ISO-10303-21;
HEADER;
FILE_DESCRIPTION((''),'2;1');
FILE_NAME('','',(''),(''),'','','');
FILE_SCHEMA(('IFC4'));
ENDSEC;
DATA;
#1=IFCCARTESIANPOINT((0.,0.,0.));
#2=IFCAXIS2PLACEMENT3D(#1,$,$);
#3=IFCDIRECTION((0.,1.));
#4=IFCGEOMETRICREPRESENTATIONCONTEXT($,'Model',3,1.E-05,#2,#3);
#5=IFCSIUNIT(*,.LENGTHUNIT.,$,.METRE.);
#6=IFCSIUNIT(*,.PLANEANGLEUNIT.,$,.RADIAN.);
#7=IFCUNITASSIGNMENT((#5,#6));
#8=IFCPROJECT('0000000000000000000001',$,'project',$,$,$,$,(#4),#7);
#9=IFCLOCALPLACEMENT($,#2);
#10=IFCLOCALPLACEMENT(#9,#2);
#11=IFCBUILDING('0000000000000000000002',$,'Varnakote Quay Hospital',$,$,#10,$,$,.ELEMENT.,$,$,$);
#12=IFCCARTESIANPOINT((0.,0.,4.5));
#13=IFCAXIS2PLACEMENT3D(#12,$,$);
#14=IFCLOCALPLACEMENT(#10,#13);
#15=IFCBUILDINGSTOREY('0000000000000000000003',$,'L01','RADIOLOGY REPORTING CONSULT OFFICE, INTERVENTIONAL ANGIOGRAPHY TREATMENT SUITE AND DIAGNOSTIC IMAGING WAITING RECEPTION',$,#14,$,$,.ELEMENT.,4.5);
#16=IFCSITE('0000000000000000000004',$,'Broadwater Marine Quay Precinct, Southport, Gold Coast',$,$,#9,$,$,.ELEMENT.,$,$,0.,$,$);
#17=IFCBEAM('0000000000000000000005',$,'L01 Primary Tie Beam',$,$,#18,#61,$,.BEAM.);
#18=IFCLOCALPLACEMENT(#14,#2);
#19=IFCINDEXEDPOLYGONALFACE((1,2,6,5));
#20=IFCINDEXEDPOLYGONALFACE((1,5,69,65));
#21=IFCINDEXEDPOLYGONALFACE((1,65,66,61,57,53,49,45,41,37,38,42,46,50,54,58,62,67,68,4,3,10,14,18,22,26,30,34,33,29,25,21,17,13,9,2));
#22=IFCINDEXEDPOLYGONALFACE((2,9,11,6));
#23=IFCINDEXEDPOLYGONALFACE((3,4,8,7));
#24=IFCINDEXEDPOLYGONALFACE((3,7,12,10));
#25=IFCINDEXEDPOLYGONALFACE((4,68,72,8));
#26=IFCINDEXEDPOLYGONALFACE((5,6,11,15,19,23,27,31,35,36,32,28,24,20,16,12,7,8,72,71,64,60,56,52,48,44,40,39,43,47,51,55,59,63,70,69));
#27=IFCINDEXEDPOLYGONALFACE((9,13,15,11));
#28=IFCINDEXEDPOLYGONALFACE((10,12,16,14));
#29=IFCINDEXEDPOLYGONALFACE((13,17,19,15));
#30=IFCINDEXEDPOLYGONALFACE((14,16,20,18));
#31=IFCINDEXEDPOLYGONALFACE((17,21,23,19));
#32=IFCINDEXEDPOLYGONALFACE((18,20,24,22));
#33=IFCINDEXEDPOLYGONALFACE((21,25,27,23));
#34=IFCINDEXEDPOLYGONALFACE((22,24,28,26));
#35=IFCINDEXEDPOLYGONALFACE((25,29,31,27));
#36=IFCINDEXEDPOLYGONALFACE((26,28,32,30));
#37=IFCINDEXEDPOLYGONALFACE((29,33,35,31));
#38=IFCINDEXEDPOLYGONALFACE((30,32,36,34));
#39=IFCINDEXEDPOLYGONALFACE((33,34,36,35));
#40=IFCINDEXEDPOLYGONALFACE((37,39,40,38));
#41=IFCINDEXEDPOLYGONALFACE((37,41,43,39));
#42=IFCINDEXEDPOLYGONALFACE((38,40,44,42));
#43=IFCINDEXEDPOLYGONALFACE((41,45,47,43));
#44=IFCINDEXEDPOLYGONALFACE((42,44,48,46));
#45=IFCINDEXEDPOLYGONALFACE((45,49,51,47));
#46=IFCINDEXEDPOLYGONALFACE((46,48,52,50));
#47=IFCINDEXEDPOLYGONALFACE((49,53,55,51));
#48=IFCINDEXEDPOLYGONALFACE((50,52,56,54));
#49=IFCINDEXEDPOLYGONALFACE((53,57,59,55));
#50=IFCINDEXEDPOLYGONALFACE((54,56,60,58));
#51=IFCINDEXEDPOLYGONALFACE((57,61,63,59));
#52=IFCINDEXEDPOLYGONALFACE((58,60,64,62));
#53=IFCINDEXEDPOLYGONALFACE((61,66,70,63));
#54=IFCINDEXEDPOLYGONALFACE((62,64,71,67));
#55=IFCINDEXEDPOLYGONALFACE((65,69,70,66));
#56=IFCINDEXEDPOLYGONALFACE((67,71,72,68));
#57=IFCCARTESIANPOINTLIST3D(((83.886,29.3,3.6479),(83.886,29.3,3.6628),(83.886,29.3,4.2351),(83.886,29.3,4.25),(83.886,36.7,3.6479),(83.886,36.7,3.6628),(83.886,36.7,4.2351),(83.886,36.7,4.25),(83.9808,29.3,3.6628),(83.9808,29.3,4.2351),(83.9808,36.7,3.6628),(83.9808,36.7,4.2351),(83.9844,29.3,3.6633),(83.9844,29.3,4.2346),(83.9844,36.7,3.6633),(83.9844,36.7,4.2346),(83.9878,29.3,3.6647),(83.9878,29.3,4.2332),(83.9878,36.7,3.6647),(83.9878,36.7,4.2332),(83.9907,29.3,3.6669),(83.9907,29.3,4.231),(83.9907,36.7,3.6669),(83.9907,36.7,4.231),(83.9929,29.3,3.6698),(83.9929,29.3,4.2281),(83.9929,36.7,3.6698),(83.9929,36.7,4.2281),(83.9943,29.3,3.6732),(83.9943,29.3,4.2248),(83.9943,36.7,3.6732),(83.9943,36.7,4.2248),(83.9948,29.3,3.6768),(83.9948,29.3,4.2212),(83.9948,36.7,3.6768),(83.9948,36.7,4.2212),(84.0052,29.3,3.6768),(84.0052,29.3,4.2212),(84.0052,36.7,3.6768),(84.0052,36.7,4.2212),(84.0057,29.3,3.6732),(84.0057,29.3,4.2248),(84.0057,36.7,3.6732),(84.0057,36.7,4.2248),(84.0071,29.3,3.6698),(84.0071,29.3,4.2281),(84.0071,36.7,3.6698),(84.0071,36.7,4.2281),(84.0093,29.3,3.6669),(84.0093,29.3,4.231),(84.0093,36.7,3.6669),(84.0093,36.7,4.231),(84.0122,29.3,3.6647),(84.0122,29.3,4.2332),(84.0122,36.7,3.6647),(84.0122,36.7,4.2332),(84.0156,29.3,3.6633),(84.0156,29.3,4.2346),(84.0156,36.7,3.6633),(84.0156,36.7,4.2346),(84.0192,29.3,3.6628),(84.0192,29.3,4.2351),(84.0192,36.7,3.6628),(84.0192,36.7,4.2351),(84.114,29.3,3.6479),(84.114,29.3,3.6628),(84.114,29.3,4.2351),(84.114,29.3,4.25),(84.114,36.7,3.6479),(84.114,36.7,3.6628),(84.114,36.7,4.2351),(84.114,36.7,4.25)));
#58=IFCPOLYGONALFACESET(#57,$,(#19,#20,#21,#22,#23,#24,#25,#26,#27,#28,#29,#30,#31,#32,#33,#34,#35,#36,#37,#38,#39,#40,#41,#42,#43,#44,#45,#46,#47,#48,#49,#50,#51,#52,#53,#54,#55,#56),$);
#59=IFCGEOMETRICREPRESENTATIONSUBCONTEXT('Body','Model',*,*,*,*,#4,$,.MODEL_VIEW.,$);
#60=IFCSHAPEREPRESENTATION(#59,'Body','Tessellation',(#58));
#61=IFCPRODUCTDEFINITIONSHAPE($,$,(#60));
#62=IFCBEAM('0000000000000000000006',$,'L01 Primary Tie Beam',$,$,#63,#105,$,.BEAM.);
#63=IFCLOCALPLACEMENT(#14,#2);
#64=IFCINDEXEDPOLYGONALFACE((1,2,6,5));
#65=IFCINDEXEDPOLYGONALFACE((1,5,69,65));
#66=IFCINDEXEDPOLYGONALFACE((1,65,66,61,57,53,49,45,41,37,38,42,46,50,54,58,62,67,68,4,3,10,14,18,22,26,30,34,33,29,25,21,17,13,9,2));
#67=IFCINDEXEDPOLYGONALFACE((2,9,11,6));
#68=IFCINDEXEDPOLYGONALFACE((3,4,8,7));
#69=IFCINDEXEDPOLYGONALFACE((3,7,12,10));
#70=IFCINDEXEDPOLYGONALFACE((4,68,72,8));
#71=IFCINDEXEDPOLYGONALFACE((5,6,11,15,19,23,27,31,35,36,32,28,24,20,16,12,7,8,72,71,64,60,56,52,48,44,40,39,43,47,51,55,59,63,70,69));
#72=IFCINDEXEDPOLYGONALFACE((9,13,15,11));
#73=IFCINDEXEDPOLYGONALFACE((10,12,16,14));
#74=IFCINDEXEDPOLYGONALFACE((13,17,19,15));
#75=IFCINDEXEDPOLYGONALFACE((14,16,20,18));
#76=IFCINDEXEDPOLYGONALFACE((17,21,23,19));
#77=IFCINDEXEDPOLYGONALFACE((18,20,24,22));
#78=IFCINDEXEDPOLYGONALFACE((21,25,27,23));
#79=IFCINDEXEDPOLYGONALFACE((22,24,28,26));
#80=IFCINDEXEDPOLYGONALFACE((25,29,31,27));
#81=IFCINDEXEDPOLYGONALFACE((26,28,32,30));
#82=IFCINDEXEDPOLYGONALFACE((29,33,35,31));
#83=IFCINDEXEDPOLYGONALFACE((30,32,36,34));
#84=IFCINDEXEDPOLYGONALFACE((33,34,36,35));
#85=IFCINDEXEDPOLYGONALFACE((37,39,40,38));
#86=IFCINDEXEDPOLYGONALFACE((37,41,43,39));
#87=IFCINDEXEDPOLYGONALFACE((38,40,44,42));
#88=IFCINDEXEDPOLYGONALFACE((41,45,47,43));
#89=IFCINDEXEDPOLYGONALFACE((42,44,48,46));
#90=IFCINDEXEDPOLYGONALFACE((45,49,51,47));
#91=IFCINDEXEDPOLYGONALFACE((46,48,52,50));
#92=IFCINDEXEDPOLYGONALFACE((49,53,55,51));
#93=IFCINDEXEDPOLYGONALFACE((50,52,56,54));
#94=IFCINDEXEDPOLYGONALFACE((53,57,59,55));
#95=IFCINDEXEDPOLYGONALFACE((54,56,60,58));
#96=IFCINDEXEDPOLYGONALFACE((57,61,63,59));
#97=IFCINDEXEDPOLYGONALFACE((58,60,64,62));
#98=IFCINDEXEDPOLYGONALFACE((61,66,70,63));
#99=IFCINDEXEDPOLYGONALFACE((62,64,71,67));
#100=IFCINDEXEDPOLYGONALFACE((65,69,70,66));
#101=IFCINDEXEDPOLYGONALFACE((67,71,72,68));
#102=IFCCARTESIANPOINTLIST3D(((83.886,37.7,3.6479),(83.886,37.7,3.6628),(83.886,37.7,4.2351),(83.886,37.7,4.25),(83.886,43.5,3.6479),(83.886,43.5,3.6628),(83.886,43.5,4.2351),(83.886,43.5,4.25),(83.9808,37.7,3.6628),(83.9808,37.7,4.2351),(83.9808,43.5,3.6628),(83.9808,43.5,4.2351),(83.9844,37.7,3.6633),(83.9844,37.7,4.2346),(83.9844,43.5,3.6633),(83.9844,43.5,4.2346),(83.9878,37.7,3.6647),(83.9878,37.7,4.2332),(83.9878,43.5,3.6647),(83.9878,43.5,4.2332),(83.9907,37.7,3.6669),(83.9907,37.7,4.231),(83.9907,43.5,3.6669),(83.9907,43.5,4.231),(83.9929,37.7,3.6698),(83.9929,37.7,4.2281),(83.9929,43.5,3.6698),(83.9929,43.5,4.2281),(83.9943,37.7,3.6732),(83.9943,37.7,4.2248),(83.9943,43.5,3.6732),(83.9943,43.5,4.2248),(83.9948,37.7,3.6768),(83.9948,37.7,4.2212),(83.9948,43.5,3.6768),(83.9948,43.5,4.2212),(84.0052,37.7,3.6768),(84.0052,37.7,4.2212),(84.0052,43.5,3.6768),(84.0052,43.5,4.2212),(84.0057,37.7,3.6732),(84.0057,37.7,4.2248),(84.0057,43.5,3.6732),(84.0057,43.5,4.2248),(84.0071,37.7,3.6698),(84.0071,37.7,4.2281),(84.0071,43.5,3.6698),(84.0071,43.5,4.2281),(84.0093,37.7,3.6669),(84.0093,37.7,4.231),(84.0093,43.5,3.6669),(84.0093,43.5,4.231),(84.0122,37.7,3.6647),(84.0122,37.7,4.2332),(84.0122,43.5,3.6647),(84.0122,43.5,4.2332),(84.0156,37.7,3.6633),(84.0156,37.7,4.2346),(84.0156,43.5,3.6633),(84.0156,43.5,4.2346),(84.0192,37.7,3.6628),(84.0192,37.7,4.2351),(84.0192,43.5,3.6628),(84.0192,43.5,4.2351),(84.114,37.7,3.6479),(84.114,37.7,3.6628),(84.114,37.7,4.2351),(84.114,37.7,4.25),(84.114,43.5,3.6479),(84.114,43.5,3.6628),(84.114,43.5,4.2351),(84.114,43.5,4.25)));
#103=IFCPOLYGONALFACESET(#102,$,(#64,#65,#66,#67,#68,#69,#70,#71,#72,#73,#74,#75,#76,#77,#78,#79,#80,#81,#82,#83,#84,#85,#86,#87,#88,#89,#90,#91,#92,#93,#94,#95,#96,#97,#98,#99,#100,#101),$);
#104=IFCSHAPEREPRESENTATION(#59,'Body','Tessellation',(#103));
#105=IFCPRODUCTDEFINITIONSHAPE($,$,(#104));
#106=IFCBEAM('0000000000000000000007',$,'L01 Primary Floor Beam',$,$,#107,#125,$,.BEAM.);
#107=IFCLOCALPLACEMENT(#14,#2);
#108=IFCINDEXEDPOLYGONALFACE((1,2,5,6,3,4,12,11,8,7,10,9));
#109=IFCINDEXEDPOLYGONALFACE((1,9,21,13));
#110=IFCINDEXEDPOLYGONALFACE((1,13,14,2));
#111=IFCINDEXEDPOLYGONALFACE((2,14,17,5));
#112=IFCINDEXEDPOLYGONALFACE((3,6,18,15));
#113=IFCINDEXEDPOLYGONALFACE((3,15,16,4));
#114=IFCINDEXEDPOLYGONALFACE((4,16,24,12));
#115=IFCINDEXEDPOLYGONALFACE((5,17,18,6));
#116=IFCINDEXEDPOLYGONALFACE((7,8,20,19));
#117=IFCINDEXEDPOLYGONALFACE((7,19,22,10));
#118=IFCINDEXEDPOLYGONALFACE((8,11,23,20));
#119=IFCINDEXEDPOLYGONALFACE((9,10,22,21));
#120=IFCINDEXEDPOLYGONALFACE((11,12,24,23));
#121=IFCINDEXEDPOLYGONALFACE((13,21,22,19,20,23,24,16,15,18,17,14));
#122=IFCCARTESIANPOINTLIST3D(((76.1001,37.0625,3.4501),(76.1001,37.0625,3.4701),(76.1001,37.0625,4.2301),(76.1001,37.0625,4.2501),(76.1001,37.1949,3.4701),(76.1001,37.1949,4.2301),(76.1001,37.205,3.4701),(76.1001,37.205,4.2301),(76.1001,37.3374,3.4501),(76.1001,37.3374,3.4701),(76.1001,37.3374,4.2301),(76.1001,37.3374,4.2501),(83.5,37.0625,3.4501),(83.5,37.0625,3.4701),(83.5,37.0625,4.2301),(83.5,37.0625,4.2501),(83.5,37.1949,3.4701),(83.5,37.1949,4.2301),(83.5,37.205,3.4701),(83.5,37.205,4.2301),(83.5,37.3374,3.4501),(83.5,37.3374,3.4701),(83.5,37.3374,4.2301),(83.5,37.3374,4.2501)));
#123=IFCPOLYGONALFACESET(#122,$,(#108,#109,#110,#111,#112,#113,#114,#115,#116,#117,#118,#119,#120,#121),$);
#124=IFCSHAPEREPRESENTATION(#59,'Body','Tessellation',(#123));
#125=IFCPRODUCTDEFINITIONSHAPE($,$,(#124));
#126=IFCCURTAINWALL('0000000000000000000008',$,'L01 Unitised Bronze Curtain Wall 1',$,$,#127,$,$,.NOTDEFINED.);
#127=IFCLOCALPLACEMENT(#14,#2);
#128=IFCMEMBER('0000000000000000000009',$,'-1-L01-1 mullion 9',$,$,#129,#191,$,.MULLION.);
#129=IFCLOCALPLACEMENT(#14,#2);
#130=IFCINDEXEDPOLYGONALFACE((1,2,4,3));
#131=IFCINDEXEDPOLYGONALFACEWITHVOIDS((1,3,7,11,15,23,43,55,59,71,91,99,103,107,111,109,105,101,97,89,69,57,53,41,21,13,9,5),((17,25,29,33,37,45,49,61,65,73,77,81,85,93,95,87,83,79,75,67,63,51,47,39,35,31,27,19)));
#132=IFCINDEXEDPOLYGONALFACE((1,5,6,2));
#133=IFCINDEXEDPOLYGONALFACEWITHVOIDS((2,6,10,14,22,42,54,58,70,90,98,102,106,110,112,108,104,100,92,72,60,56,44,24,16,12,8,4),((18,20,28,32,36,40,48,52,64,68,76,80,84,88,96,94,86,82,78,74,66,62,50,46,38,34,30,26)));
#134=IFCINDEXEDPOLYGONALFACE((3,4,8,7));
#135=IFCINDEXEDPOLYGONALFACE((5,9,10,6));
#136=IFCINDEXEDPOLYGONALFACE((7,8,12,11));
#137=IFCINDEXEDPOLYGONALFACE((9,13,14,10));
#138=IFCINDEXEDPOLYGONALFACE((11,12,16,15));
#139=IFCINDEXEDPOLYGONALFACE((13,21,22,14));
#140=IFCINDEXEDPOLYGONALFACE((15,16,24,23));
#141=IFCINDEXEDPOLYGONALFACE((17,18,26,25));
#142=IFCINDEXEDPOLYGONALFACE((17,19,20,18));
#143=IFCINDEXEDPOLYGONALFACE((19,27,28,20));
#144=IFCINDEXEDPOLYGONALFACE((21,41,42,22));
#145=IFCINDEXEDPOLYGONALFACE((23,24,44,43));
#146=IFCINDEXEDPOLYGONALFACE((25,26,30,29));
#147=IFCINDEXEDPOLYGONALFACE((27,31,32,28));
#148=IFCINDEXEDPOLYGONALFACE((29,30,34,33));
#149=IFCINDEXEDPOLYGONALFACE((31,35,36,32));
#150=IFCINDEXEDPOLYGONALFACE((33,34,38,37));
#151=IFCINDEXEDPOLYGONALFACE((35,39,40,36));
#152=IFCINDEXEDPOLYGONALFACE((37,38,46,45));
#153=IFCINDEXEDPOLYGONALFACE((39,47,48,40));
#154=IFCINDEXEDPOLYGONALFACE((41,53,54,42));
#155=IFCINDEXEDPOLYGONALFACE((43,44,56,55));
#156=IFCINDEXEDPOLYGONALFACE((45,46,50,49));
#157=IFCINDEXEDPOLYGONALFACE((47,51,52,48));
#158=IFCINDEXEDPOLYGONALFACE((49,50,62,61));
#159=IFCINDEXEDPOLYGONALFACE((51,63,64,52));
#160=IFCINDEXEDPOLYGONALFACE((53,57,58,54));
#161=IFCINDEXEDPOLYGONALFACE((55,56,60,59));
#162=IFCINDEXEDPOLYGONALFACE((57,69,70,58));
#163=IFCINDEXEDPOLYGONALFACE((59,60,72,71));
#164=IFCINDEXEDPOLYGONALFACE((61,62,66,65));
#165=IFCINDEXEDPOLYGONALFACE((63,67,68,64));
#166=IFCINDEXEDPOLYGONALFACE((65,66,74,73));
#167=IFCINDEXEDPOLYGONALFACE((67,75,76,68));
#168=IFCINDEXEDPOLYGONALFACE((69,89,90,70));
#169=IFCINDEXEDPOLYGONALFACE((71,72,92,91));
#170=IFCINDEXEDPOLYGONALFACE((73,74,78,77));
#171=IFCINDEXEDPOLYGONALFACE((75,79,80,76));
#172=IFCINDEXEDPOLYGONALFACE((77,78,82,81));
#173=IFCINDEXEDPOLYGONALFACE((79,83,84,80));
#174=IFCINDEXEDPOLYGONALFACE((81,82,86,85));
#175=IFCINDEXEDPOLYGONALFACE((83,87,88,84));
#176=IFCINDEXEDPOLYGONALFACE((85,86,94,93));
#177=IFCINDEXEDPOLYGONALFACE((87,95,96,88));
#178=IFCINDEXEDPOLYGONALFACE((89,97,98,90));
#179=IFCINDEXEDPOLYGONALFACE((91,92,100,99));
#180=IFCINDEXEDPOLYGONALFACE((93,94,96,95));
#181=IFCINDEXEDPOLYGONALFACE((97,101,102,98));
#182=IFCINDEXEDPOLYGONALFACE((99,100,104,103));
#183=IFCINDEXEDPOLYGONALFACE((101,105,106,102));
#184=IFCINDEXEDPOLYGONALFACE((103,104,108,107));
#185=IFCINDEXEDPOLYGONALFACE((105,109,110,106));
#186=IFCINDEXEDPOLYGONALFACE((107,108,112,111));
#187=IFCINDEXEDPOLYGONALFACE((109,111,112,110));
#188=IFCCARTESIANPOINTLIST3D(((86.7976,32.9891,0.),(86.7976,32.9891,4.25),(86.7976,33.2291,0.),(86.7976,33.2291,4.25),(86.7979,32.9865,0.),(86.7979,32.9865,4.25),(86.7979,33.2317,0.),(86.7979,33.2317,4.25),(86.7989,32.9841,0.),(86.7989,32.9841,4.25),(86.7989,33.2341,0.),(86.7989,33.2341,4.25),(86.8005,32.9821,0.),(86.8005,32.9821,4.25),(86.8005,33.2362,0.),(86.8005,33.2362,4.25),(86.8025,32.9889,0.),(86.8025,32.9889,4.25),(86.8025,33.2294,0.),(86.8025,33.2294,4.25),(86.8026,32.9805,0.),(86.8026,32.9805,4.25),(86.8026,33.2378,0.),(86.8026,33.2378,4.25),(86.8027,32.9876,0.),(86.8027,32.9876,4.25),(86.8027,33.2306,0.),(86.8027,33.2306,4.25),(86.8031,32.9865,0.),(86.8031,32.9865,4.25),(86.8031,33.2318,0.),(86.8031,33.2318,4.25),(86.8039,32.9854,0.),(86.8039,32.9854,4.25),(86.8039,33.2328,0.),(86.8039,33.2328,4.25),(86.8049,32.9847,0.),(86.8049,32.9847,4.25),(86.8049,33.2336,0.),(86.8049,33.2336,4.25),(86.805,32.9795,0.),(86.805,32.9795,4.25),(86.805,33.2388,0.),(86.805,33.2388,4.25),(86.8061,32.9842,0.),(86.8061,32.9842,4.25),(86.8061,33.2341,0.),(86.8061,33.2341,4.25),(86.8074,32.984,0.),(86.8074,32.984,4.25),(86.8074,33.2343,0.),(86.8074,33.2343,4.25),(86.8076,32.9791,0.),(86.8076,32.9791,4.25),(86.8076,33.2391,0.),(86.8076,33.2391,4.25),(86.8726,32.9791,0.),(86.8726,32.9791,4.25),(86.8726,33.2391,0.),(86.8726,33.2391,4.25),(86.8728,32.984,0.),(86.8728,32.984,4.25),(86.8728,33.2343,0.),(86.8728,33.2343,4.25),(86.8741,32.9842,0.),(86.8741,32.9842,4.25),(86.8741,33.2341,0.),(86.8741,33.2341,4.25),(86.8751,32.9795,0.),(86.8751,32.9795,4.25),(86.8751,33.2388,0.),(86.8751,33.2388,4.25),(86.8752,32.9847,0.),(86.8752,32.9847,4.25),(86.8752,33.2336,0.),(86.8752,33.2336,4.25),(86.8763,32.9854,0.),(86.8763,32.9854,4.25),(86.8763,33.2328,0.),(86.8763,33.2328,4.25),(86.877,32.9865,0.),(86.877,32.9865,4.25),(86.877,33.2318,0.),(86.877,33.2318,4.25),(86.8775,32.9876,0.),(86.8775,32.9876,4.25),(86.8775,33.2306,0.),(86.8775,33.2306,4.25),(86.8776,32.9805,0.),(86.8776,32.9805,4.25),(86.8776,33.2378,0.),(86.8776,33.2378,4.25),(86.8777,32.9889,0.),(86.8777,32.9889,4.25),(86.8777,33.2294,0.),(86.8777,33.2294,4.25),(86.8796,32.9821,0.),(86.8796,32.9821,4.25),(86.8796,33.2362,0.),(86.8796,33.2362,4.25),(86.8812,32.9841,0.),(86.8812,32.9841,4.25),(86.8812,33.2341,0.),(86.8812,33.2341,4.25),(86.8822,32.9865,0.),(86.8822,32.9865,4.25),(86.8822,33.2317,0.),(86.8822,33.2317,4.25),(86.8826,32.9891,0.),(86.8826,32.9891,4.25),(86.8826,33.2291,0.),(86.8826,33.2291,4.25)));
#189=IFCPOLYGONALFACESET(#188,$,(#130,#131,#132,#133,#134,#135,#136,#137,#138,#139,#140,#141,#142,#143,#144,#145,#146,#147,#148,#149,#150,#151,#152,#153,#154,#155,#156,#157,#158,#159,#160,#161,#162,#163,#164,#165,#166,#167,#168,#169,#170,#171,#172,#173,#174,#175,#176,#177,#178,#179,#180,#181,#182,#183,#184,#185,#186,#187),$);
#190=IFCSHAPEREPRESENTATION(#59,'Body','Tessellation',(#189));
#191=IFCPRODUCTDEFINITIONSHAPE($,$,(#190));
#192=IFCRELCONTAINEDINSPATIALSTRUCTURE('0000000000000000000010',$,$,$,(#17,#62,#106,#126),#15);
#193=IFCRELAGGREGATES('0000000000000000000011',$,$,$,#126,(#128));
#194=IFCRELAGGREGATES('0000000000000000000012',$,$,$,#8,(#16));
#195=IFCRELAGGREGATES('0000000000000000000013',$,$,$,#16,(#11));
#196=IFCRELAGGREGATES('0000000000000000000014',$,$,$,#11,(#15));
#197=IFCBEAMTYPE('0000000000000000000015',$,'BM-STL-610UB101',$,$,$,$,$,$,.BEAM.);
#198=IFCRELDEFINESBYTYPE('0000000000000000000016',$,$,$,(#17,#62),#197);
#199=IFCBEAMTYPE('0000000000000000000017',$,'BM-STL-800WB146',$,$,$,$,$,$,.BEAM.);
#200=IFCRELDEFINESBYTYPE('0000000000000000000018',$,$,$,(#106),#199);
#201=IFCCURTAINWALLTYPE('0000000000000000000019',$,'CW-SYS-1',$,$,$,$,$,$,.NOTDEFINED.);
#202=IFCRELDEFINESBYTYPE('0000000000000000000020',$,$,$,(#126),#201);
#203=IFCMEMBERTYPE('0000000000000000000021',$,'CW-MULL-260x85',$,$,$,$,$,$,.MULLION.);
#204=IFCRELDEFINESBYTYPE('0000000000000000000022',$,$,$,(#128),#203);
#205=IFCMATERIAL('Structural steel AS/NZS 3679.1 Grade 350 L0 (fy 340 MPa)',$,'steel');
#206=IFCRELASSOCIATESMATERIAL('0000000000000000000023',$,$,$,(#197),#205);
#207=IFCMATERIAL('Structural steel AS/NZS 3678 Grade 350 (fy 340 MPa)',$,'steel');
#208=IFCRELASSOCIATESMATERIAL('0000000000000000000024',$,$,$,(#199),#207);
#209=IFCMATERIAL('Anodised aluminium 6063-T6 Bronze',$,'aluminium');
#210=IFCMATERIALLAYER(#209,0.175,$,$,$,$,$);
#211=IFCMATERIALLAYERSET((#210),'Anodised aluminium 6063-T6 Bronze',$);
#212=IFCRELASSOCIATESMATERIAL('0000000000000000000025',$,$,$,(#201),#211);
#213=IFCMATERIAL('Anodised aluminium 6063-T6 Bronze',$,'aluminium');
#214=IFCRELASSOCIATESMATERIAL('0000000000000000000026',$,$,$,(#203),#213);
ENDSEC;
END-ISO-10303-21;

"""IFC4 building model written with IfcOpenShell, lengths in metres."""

from ifc_helpers import new_model, si_unit, direction, frame, origin, origin_2d, place, context, subcontext, project, spatial, hollow_rectangle, i_section, extrude, material, layer, layer_set, material_profile, profile_set, type_object, element, aggregate, save


model = new_model("IFC4")

# Units and contexts
model_context = context("Model", 3, precision=1e-05, world=origin(), true_north=direction((0.0, 1.0)))
body_context = subcontext(model_context, "Body", "Model", "MODEL_VIEW")
ifc_project = project(units=[si_unit("LENGTHUNIT", "METRE"), si_unit("PLANEANGLEUNIT", "RADIAN")], contexts=[model_context])

# Site, building, storey
site_placement = place(None, origin())
site = spatial("IfcSite", under=ifc_project, at=site_placement, Name="Broadwater Marine Quay Precinct, Southport, Gold Coast", CompositionType="ELEMENT", RefElevation=0.0)
building_placement = place(site_placement, origin())
building = spatial("IfcBuilding", under=site, at=building_placement, Name="Varnakote Quay Hospital", CompositionType="ELEMENT")
storey_placement = place(building_placement, frame((0.0, 0.0, 4.5)))
storey = spatial("IfcBuildingStorey", under=building, at=storey_placement, Name="L01", Description="RADIOLOGY REPORTING CONSULT OFFICE, INTERVENTIONAL ANGIOGRAPHY TREATMENT SUITE AND DIAGNOSTIC IMAGING WAITING RECEPTION", CompositionType="ELEMENT", Elevation=4.5)

# Beams
ifc_material_1 = material(Name="Structural steel AS/NZS 3679.1 Grade 350 L0 (fy 340 MPa)", Category="steel")
ifc_material_profile_1 = material_profile(ifc_material_1, i_section(OverallWidth=0.228, OverallDepth=0.6021, WebThickness=0.0105, FlangeThickness=0.0149, FilletRadius=0.0139, at=origin_2d()), Name="610UB101")
ifc_profile_set_1 = profile_set([ifc_material_profile_1], Name="Structural steel AS/NZS 3679.1 Grade 350 L0 (fy 340 MPa)")
beam_type_1 = type_object("IfcBeamType", Name="BM-STL-610UB101", PredefinedType="BEAM", material=ifc_profile_set_1)
beam_1_placement = place(storey_placement, frame((84.0, 29.3, 3.949), z_axis=(0.0, 1.0, 0.0), x_axis=(-1.0, 0.0, 0.0)))
element("IfcBeam", 1, at=beam_1_placement, inside=storey, type_object=beam_type_1, Name="L01 Primary Tie Beam", PredefinedType="BEAM", context=body_context, shape_type="SweptSolid", body=[
    extrude(i_section(OverallWidth=0.228, OverallDepth=0.6021, WebThickness=0.0105, FlangeThickness=0.0149, FilletRadius=0.0139, at=origin_2d()), origin(), (0.0, 0.0, 1.0), 7.3999),
])
beam_2_placement = place(storey_placement, frame((84.0, 37.7, 3.949), z_axis=(0.0, 1.0, 0.0), x_axis=(-1.0, 0.0, 0.0)))
element("IfcBeam", 2, at=beam_2_placement, inside=storey, type_object=beam_type_1, Name="L01 Primary Tie Beam", PredefinedType="BEAM", context=body_context, shape_type="SweptSolid", body=[
    extrude(i_section(OverallWidth=0.228, OverallDepth=0.6021, WebThickness=0.0105, FlangeThickness=0.0149, FilletRadius=0.0139, at=origin_2d()), origin(), (0.0, 0.0, 1.0), 5.8),
])
ifc_material_2 = material(Name="Structural steel AS/NZS 3678 Grade 350 (fy 340 MPa)", Category="steel")
ifc_material_profile_2 = material_profile(ifc_material_2, i_section(OverallWidth=0.2749, OverallDepth=0.8, WebThickness=0.01, FlangeThickness=0.02, at=origin_2d()), Name="800WB146")
ifc_profile_set_2 = profile_set([ifc_material_profile_2], Name="Structural steel AS/NZS 3678 Grade 350 (fy 340 MPa)")
beam_type_2 = type_object("IfcBeamType", Name="BM-STL-800WB146", PredefinedType="BEAM", material=ifc_profile_set_2)
beam_3_placement = place(storey_placement, frame((76.1001, 37.2, 3.8501), z_axis=(1.0, 0.0, 0.0), x_axis=(0.0, 1.0, 0.0)))
element("IfcBeam", 3, at=beam_3_placement, inside=storey, type_object=beam_type_2, Name="L01 Primary Floor Beam", PredefinedType="BEAM", context=body_context, shape_type="SweptSolid", body=[
    extrude(i_section(OverallWidth=0.2749, OverallDepth=0.8, WebThickness=0.01, FlangeThickness=0.02, at=origin_2d()), origin(), (0.0, 0.0, 1.0), 7.3999),
])

# Curtain wall, member
ifc_material_3 = material(Name="Anodised aluminium 6063-T6 Bronze", Category="aluminium")
ifc_layer_1 = layer(ifc_material_3, 0.175)
ifc_layer_set_1 = layer_set([ifc_layer_1], Name="Anodised aluminium 6063-T6 Bronze")
curtain_wall_type = type_object("IfcCurtainWallType", Name="CW-SYS-1", PredefinedType="NOTDEFINED", material=ifc_layer_set_1)
curtain_wall_placement = place(storey_placement, origin())
curtain_wall = element("IfcCurtainWall", 4, at=curtain_wall_placement, inside=storey, type_object=curtain_wall_type, Name="L01 Unitised Bronze Curtain Wall 1", PredefinedType="NOTDEFINED")
ifc_material_4 = material(Name="Anodised aluminium 6063-T6 Bronze", Category="aluminium")
ifc_material_profile_3 = material_profile(ifc_material_4, hollow_rectangle(XDim=0.085, YDim=0.26, WallThickness=0.0049, InnerFilletRadius=0.0049, OuterFilletRadius=0.01, at=origin_2d()), Name="CW-MULL-260x85")
ifc_profile_set_3 = profile_set([ifc_material_profile_3], Name="Anodised aluminium 6063-T6 Bronze")
member_type_1 = type_object("IfcMemberType", Name="CW-MULL-260x85", PredefinedType="MULLION", material=ifc_profile_set_3)
member_1_placement = place(storey_placement, frame((86.8401, 33.1091, 0.0), z_axis=(0.0, 0.0, 1.0), x_axis=(-1.0, 0.0, 0.0)))
member_1 = element("IfcMember", 5, at=member_1_placement, type_object=member_type_1, Name="-1-L01-1 mullion 9", PredefinedType="MULLION", context=body_context, shape_type="SweptSolid", body=[
    extrude(hollow_rectangle(XDim=0.085, YDim=0.26, WallThickness=0.0049, InnerFilletRadius=0.0049, OuterFilletRadius=0.01, at=origin_2d()), origin(), (0.0, 0.0, 1.0), 4.25),
])

aggregate(curtain_wall, [member_1])

save(model, "model.ifc")
